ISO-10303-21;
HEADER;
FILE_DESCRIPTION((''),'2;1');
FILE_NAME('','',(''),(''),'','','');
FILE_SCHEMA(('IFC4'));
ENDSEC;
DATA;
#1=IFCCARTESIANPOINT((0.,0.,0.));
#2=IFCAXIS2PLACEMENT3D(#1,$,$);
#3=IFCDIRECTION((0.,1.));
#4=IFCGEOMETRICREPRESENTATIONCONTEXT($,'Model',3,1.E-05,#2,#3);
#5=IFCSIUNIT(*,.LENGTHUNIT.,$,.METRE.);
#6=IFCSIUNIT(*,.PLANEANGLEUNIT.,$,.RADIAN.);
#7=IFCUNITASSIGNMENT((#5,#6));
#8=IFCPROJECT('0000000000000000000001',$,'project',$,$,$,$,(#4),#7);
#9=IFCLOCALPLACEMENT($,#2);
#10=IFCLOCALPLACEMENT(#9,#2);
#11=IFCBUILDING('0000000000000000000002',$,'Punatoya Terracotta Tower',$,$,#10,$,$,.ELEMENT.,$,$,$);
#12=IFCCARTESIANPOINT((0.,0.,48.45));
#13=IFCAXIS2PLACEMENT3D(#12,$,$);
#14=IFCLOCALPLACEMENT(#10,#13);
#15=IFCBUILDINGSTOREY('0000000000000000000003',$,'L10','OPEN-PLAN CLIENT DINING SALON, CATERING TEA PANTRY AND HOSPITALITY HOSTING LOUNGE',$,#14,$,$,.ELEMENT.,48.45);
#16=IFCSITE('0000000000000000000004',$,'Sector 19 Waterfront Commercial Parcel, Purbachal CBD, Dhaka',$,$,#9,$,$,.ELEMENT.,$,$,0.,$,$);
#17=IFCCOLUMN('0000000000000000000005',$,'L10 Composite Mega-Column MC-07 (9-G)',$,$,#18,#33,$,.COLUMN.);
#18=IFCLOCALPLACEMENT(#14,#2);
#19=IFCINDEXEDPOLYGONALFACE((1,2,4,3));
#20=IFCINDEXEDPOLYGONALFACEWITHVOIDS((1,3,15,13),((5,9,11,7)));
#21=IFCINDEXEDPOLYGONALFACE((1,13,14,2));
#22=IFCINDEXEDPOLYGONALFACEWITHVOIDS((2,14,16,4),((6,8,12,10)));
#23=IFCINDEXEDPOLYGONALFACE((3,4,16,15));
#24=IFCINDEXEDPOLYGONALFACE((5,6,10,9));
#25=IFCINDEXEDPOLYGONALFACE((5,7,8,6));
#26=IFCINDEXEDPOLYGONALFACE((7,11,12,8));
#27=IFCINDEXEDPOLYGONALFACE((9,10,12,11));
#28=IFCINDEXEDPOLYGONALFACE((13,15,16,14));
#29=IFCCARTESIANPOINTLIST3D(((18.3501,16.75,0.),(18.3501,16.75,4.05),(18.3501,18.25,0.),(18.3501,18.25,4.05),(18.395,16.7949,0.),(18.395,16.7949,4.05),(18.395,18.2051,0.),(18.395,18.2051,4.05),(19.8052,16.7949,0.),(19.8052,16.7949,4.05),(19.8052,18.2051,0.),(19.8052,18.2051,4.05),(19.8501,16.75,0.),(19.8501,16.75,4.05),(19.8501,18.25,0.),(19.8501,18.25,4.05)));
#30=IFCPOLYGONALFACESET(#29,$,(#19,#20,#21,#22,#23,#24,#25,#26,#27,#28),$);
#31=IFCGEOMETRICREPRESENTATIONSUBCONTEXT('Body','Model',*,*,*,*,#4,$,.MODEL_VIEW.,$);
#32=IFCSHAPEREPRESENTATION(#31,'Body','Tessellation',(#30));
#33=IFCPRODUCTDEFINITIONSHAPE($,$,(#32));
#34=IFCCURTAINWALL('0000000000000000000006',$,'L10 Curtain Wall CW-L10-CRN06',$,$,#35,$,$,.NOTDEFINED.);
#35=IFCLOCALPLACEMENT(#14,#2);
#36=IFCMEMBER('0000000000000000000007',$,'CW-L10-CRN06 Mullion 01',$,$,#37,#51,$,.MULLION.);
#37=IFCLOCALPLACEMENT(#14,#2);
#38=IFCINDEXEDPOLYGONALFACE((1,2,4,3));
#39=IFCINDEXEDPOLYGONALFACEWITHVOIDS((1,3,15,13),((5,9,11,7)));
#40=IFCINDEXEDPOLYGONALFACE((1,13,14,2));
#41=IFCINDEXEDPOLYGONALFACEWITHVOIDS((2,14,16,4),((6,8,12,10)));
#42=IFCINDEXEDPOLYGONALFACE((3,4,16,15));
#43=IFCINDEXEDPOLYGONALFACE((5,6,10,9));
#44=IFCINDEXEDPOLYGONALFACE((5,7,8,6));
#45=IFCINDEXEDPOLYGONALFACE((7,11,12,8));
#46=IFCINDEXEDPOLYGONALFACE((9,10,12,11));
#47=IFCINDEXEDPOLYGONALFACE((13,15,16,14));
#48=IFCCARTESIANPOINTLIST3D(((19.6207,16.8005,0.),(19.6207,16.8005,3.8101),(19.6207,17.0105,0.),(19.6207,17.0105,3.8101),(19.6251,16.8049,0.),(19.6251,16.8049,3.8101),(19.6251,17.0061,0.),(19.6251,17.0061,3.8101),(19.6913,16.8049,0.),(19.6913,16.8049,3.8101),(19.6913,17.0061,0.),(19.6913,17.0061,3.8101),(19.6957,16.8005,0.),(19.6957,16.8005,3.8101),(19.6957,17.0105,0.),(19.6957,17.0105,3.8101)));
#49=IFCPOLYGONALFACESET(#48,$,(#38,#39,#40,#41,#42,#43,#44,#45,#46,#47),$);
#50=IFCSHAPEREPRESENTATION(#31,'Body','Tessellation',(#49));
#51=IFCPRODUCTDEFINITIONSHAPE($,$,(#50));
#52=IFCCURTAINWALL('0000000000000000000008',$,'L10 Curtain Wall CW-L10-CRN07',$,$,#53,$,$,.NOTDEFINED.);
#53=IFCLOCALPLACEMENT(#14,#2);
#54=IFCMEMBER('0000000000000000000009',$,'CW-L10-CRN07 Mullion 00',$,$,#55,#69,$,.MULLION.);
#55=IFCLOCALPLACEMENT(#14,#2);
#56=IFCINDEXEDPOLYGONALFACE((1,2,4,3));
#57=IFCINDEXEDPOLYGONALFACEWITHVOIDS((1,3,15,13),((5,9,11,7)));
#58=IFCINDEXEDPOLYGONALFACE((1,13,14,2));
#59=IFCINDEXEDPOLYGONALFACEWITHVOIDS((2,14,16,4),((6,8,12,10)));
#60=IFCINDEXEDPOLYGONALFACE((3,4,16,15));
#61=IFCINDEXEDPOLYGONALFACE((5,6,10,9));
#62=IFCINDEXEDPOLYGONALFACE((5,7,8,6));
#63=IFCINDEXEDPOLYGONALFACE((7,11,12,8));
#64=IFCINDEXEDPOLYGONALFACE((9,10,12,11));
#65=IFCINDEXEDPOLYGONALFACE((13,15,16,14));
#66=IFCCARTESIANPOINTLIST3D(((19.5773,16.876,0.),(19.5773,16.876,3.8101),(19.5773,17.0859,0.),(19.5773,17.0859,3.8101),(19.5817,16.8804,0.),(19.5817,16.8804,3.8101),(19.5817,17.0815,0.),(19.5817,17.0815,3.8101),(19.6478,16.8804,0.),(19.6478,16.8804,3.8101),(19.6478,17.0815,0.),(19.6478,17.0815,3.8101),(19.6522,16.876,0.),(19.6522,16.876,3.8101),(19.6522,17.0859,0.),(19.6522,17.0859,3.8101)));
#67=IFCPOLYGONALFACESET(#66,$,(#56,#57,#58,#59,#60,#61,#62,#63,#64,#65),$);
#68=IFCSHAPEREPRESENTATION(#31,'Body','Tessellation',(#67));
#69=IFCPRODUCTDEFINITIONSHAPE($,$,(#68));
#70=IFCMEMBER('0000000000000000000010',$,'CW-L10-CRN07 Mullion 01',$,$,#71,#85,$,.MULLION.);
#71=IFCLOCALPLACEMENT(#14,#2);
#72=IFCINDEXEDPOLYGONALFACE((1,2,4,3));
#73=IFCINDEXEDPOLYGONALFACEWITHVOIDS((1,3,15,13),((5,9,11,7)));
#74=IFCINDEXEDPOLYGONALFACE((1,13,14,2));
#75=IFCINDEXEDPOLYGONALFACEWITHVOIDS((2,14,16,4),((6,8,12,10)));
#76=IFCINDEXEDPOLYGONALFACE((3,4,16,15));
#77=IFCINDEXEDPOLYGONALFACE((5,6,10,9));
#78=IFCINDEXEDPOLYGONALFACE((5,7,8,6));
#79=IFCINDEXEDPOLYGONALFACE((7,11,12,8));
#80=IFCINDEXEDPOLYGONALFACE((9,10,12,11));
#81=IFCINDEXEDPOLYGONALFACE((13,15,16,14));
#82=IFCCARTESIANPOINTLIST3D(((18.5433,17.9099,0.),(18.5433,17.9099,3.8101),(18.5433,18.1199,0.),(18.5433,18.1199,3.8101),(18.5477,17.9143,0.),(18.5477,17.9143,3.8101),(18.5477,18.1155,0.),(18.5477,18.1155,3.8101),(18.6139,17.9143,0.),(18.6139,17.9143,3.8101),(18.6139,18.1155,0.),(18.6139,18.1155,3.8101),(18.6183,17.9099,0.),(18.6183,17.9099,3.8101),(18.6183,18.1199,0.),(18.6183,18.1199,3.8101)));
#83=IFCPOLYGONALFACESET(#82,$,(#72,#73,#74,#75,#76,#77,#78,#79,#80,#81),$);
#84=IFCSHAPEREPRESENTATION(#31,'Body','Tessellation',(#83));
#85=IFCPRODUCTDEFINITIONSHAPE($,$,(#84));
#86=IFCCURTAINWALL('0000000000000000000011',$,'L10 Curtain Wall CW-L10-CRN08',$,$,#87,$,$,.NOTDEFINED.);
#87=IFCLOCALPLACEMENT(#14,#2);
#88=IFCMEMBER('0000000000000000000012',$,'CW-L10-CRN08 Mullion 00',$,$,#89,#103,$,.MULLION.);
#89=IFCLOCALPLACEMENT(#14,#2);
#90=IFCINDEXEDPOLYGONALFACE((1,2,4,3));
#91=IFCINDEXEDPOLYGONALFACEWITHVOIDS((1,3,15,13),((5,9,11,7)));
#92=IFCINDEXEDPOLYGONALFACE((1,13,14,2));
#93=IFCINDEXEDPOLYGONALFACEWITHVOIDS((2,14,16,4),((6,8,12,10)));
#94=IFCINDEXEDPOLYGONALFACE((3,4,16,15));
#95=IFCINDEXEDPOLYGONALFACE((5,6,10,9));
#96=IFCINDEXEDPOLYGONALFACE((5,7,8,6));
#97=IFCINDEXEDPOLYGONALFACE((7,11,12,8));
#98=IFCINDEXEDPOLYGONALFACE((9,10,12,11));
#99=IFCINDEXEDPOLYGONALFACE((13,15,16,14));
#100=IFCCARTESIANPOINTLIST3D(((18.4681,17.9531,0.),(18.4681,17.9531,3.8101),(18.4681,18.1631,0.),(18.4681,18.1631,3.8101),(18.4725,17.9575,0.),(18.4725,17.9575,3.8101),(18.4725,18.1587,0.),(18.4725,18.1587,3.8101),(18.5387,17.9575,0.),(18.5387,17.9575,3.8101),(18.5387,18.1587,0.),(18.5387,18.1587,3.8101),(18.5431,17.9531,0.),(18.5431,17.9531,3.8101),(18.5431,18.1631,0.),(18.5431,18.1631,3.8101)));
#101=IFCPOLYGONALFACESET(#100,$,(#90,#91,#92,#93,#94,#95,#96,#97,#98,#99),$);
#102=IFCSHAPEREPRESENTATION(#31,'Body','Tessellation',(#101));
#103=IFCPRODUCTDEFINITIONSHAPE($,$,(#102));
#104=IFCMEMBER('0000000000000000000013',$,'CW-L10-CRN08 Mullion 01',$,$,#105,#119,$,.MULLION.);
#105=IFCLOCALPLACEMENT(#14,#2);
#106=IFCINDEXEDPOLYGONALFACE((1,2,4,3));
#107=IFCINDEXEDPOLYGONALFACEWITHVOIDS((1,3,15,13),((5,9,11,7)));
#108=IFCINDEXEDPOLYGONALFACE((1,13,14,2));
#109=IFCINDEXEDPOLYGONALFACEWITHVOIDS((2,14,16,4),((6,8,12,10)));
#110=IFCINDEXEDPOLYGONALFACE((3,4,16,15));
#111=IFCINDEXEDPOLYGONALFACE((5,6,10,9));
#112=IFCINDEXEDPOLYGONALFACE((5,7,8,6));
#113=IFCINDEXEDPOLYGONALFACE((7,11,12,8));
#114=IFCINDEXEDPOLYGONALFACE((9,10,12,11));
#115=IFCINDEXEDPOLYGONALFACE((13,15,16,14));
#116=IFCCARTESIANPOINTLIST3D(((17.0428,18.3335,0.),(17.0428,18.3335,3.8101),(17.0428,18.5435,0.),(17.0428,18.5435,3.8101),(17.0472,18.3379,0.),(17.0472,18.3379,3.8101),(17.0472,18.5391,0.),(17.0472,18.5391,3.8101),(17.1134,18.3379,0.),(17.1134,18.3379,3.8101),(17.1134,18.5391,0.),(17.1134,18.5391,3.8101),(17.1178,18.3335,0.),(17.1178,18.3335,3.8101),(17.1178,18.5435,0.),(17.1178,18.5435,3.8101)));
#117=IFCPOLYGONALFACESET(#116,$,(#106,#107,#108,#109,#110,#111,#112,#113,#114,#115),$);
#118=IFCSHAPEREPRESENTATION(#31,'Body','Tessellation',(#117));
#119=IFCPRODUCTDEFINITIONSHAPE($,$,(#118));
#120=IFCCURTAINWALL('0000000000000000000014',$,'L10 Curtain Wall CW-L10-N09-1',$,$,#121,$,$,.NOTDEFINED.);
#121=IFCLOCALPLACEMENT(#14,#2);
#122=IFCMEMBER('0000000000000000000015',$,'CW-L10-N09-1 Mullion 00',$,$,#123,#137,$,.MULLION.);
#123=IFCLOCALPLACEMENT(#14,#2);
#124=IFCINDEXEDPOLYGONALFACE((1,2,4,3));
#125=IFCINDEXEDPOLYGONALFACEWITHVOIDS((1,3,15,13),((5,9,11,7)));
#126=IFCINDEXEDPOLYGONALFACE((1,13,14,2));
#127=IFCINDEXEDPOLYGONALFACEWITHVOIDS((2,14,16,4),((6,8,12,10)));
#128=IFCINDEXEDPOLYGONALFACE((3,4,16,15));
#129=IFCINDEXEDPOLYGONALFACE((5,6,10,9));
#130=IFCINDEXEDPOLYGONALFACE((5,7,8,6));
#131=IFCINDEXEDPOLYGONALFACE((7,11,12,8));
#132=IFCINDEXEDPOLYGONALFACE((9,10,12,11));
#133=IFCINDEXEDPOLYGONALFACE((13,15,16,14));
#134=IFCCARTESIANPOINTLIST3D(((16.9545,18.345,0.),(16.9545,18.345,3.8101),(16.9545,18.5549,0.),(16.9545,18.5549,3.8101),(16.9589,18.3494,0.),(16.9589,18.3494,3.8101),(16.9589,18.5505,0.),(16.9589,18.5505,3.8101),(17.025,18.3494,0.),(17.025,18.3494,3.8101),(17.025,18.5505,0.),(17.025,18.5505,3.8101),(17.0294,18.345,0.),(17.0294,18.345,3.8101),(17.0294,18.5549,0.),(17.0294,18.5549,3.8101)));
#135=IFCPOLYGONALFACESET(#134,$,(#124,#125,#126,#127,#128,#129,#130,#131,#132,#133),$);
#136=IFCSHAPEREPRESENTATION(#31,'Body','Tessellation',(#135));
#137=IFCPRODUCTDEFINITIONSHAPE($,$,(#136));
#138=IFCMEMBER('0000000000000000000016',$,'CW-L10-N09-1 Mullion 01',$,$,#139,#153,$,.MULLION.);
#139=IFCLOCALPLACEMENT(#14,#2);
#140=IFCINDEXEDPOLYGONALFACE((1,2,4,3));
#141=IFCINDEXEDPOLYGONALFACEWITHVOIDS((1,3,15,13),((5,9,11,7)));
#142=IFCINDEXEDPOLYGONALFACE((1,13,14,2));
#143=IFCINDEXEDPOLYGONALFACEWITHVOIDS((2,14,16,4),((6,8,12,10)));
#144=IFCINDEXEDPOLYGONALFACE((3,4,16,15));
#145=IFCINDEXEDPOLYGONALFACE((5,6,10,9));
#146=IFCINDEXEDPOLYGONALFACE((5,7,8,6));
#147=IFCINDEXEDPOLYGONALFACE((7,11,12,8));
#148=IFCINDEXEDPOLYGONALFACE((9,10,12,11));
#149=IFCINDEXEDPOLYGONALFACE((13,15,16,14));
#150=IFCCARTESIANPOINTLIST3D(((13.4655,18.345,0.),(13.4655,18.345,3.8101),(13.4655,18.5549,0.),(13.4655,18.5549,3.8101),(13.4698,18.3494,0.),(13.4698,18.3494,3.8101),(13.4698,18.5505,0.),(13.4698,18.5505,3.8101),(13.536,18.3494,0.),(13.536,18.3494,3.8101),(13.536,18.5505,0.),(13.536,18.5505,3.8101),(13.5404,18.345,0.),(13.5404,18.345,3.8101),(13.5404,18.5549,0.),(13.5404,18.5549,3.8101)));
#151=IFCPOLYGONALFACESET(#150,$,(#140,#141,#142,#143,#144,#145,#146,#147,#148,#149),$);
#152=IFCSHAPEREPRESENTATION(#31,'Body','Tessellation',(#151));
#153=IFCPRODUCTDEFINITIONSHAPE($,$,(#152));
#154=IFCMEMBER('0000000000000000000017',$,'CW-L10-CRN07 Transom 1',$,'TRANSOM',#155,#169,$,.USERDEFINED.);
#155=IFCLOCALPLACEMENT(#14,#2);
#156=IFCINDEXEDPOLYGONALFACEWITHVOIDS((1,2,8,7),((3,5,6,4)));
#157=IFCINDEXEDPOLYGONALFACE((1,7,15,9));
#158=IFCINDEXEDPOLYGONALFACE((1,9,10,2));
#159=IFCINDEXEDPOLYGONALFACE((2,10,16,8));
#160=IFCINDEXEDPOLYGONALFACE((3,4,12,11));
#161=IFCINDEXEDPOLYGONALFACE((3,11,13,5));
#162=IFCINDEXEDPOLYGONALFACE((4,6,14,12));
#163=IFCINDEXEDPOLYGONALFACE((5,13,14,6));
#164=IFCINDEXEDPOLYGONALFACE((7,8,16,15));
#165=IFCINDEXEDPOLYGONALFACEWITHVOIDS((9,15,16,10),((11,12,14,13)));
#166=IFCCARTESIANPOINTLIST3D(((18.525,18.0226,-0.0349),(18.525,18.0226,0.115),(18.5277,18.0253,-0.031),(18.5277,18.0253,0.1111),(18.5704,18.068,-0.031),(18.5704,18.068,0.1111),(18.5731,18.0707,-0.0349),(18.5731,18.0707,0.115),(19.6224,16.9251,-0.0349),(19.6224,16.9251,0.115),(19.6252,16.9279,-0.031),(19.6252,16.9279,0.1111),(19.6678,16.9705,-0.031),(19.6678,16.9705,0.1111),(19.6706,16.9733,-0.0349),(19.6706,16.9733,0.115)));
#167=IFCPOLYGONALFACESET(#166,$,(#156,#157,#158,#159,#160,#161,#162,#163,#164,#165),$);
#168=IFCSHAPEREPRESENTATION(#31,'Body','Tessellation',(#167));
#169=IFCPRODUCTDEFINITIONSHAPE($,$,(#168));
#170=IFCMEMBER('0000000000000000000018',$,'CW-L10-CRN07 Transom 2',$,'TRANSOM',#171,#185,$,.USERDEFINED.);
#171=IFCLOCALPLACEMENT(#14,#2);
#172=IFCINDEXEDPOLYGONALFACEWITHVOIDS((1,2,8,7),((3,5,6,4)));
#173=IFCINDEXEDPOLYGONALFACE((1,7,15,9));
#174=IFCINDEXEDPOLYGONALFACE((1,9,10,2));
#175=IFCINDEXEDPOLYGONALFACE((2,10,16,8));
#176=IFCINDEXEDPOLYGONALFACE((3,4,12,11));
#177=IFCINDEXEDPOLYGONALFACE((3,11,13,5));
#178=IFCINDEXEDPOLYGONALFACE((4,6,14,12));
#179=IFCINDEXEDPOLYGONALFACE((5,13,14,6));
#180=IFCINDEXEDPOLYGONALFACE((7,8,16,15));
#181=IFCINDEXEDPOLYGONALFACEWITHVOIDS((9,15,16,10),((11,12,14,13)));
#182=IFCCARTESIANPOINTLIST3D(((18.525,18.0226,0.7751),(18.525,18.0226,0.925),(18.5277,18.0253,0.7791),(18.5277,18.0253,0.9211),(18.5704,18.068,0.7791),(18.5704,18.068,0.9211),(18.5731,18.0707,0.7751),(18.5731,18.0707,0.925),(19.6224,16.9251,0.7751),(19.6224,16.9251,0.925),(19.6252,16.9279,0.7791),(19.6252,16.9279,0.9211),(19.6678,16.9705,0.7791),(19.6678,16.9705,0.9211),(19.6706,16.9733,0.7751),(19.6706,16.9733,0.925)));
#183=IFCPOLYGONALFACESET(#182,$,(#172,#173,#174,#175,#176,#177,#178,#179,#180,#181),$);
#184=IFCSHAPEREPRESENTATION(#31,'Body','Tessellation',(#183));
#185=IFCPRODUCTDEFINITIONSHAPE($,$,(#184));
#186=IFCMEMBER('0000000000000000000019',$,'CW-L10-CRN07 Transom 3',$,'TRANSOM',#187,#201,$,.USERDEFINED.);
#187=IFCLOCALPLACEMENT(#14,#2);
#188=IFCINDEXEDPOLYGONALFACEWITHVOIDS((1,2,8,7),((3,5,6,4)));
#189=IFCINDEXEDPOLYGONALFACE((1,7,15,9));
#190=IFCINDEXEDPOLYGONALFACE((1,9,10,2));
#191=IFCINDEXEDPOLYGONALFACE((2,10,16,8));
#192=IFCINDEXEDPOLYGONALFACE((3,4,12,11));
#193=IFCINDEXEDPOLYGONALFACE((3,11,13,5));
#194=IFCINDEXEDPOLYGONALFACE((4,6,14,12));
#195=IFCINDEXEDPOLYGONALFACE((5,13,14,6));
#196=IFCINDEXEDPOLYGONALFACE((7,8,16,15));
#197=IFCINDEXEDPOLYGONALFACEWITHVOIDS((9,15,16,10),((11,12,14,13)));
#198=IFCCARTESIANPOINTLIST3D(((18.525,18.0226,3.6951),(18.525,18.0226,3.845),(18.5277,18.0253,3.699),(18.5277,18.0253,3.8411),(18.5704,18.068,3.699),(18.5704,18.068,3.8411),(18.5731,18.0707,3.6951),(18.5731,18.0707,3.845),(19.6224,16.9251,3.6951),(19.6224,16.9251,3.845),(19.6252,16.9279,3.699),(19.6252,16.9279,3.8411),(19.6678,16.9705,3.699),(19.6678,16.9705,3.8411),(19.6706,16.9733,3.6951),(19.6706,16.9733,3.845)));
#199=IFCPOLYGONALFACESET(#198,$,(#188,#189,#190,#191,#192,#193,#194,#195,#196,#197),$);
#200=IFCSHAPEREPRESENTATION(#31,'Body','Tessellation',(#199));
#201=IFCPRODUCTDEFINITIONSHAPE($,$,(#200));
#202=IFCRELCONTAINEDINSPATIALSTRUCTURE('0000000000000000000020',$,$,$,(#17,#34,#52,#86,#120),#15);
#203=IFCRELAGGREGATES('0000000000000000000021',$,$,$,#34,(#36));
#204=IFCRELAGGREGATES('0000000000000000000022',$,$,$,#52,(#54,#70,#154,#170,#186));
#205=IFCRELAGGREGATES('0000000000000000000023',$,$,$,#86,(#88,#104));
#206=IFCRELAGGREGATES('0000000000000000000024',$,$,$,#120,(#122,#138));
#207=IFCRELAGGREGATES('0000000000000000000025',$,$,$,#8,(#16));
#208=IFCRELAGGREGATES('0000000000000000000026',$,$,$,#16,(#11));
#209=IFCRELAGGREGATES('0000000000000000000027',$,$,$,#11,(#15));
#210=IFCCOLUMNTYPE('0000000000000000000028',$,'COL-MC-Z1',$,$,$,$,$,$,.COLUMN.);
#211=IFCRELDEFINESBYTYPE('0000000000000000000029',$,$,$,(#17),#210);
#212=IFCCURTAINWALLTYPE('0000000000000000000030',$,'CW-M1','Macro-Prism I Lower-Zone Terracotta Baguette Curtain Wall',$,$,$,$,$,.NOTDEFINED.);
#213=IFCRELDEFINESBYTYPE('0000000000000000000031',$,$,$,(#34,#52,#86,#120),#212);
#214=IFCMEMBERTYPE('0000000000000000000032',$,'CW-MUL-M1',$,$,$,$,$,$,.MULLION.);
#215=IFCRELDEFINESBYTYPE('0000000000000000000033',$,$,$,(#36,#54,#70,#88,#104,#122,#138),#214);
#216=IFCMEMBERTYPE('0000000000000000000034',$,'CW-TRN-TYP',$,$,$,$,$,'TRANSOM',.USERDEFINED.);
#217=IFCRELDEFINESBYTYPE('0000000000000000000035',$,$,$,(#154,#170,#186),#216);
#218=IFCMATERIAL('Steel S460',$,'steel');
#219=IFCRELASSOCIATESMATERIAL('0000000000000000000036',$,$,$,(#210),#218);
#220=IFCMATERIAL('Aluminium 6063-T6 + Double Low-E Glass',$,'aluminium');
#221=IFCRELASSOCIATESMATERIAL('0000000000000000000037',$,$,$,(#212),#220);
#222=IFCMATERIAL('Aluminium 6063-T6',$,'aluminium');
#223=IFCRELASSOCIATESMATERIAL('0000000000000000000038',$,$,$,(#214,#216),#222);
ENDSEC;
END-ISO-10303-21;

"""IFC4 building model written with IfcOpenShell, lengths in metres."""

from ifc_helpers import new_model, si_unit, direction, frame, origin, origin_2d, place, context, subcontext, project, spatial, hollow_rectangle, extrude, material, material_profile, profile_set, type_object, element, aggregate, save


model = new_model("IFC4")

# Units and contexts
model_context = context("Model", 3, precision=1e-05, world=origin(), true_north=direction((0.0, 1.0)))
body_context = subcontext(model_context, "Body", "Model", "MODEL_VIEW")
ifc_project = project(units=[si_unit("LENGTHUNIT", "METRE"), si_unit("PLANEANGLEUNIT", "RADIAN")], contexts=[model_context])

# Site, building, storey
site_placement = place(None, origin())
site = spatial("IfcSite", under=ifc_project, at=site_placement, Name="Sector 19 Waterfront Commercial Parcel, Purbachal CBD, Dhaka", CompositionType="ELEMENT", RefElevation=0.0)
building_placement = place(site_placement, origin())
building = spatial("IfcBuilding", under=site, at=building_placement, Name="Punatoya Terracotta Tower", CompositionType="ELEMENT")
storey_placement = place(building_placement, frame((0.0, 0.0, 48.45)))
storey = spatial("IfcBuildingStorey", under=building, at=storey_placement, Name="L10", Description="OPEN-PLAN CLIENT DINING SALON, CATERING TEA PANTRY AND HOSPITALITY HOSTING LOUNGE", CompositionType="ELEMENT", Elevation=48.45)

# Column
ifc_material_1 = material(Name="Steel S460", Category="steel")
ifc_material_profile_1 = material_profile(ifc_material_1, hollow_rectangle(XDim=1.5, YDim=1.5, WallThickness=0.0449, at=origin_2d()))
ifc_profile_set_1 = profile_set([ifc_material_profile_1], Name="Steel S460")
column_type = type_object("IfcColumnType", Name="COL-MC-Z1", PredefinedType="COLUMN", material=ifc_profile_set_1)
column_placement = place(storey_placement, frame((19.1001, 17.5, 0.0), z_axis=(0.0, 0.0, 1.0), x_axis=(1.0, 0.0, 0.0)))
element("IfcColumn", 1, at=column_placement, inside=storey, type_object=column_type, Name="L10 Composite Mega-Column MC-07 (9-G)", PredefinedType="COLUMN", context=body_context, shape_type="SweptSolid", body=[
    extrude(hollow_rectangle(XDim=1.5, YDim=1.5, WallThickness=0.0449, at=origin_2d()), origin(), (0.0, 0.0, 1.0), 4.05),
])

# Curtain wall, member
ifc_material_2 = material(Name="Aluminium 6063-T6 + Double Low-E Glass", Category="aluminium")
curtain_wall_type = type_object("IfcCurtainWallType", Name="CW-M1", Description="Macro-Prism I Lower-Zone Terracotta Baguette Curtain Wall", PredefinedType="NOTDEFINED", material=ifc_material_2)
curtain_wall_1_placement = place(storey_placement, origin())
curtain_wall_1 = element("IfcCurtainWall", 2, at=curtain_wall_1_placement, inside=storey, type_object=curtain_wall_type, Name="L10 Curtain Wall CW-L10-CRN06", PredefinedType="NOTDEFINED")
ifc_material_3 = material(Name="Aluminium 6063-T6", Category="aluminium")
ifc_material_profile_2 = material_profile(ifc_material_3, hollow_rectangle(XDim=0.075, YDim=0.21, WallThickness=0.0044, at=origin_2d()))
ifc_profile_set_2 = profile_set([ifc_material_profile_2], Name="Aluminium 6063-T6")
member_type_1 = type_object("IfcMemberType", Name="CW-MUL-M1", PredefinedType="MULLION", material=ifc_profile_set_2)
member_1_placement = place(storey_placement, frame((19.6582, 16.9055, 0.0), z_axis=(0.0, 0.0, 1.0), x_axis=(1.0, 0.0, 0.0)))
member_1 = element("IfcMember", 3, at=member_1_placement, type_object=member_type_1, Name="CW-L10-CRN06 Mullion 01", PredefinedType="MULLION", context=body_context, shape_type="SweptSolid", body=[
    extrude(hollow_rectangle(XDim=0.075, YDim=0.21, WallThickness=0.0044, at=origin_2d()), origin(), (0.0, 0.0, 1.0), 3.8101),
])

# Curtain walls, members
curtain_wall_2_placement = place(storey_placement, origin())
curtain_wall_2 = element("IfcCurtainWall", 4, at=curtain_wall_2_placement, inside=storey, type_object=curtain_wall_type, Name="L10 Curtain Wall CW-L10-CRN07", PredefinedType="NOTDEFINED")
member_2_placement = place(storey_placement, frame((19.6147, 16.981, 0.0), z_axis=(0.0, 0.0, 1.0), x_axis=(1.0, 0.0, 0.0)))
member_2 = element("IfcMember", 5, at=member_2_placement, type_object=member_type_1, Name="CW-L10-CRN07 Mullion 00", PredefinedType="MULLION", context=body_context, shape_type="SweptSolid", body=[
    extrude(hollow_rectangle(XDim=0.075, YDim=0.21, WallThickness=0.0044, at=origin_2d()), origin(), (0.0, 0.0, 1.0), 3.8101),
])
member_3_placement = place(storey_placement, frame((18.5808, 18.0149, 0.0), z_axis=(0.0, 0.0, 1.0), x_axis=(1.0, 0.0, 0.0)))
member_3 = element("IfcMember", 6, at=member_3_placement, type_object=member_type_1, Name="CW-L10-CRN07 Mullion 01", PredefinedType="MULLION", context=body_context, shape_type="SweptSolid", body=[
    extrude(hollow_rectangle(XDim=0.075, YDim=0.21, WallThickness=0.0044, at=origin_2d()), origin(), (0.0, 0.0, 1.0), 3.8101),
])
curtain_wall_3_placement = place(storey_placement, origin())
curtain_wall_3 = element("IfcCurtainWall", 7, at=curtain_wall_3_placement, inside=storey, type_object=curtain_wall_type, Name="L10 Curtain Wall CW-L10-CRN08", PredefinedType="NOTDEFINED")
member_4_placement = place(storey_placement, frame((18.5056, 18.0581, 0.0), z_axis=(0.0, 0.0, 1.0), x_axis=(1.0, 0.0, 0.0)))
member_4 = element("IfcMember", 8, at=member_4_placement, type_object=member_type_1, Name="CW-L10-CRN08 Mullion 00", PredefinedType="MULLION", context=body_context, shape_type="SweptSolid", body=[
    extrude(hollow_rectangle(XDim=0.075, YDim=0.21, WallThickness=0.0044, at=origin_2d()), origin(), (0.0, 0.0, 1.0), 3.8101),
])
member_5_placement = place(storey_placement, frame((17.0803, 18.4385, 0.0), z_axis=(0.0, 0.0, 1.0), x_axis=(1.0, 0.0, 0.0)))
member_5 = element("IfcMember", 9, at=member_5_placement, type_object=member_type_1, Name="CW-L10-CRN08 Mullion 01", PredefinedType="MULLION", context=body_context, shape_type="SweptSolid", body=[
    extrude(hollow_rectangle(XDim=0.075, YDim=0.21, WallThickness=0.0044, at=origin_2d()), origin(), (0.0, 0.0, 1.0), 3.8101),
])
curtain_wall_4_placement = place(storey_placement, origin())
curtain_wall_4 = element("IfcCurtainWall", 10, at=curtain_wall_4_placement, inside=storey, type_object=curtain_wall_type, Name="L10 Curtain Wall CW-L10-N09-1", PredefinedType="NOTDEFINED")
member_6_placement = place(storey_placement, frame((16.9919, 18.45, 0.0), z_axis=(0.0, 0.0, 1.0), x_axis=(1.0, 0.0, 0.0)))
member_6 = element("IfcMember", 11, at=member_6_placement, type_object=member_type_1, Name="CW-L10-N09-1 Mullion 00", PredefinedType="MULLION", context=body_context, shape_type="SweptSolid", body=[
    extrude(hollow_rectangle(XDim=0.075, YDim=0.21, WallThickness=0.0044, at=origin_2d()), origin(), (0.0, 0.0, 1.0), 3.8101),
])
member_7_placement = place(storey_placement, frame((13.5029, 18.45, 0.0), z_axis=(0.0, 0.0, 1.0), x_axis=(1.0, 0.0, 0.0)))
member_7 = element("IfcMember", 12, at=member_7_placement, type_object=member_type_1, Name="CW-L10-N09-1 Mullion 01", PredefinedType="MULLION", context=body_context, shape_type="SweptSolid", body=[
    extrude(hollow_rectangle(XDim=0.075, YDim=0.21, WallThickness=0.0044, at=origin_2d()), origin(), (0.0, 0.0, 1.0), 3.8101),
])

# Members
ifc_material_profile_3 = material_profile(ifc_material_3, hollow_rectangle(XDim=0.0681, YDim=0.1499, WallThickness=0.0039, at=origin_2d()))
ifc_profile_set_3 = profile_set([ifc_material_profile_3], Name="Aluminium 6063-T6")
member_type_2 = type_object("IfcMemberType", Name="CW-TRN-TYP", ElementType="TRANSOM", PredefinedType="USERDEFINED", material=ifc_profile_set_3)
member_8_placement = place(storey_placement, frame((19.6465, 16.9492, 0.04), z_axis=(-0.707107, 0.707107, 0.0), x_axis=(-0.707107, -0.707107, 0.0)))
member_8 = element("IfcMember", 13, at=member_8_placement, type_object=member_type_2, Name="CW-L10-CRN07 Transom 1", ObjectType="TRANSOM", PredefinedType="USERDEFINED", context=body_context, shape_type="SweptSolid", body=[
    extrude(hollow_rectangle(XDim=0.0681, YDim=0.1499, WallThickness=0.0039, at=origin_2d()), origin(), (0.0, 0.0, 1.0), 1.552),
])
member_9_placement = place(storey_placement, frame((19.6465, 16.9492, 0.8501), z_axis=(-0.707107, 0.707107, 0.0), x_axis=(-0.707107, -0.707107, 0.0)))
member_9 = element("IfcMember", 14, at=member_9_placement, type_object=member_type_2, Name="CW-L10-CRN07 Transom 2", ObjectType="TRANSOM", PredefinedType="USERDEFINED", context=body_context, shape_type="SweptSolid", body=[
    extrude(hollow_rectangle(XDim=0.0681, YDim=0.1499, WallThickness=0.0039, at=origin_2d()), origin(), (0.0, 0.0, 1.0), 1.552),
])
member_10_placement = place(storey_placement, frame((19.6465, 16.9492, 3.77), z_axis=(-0.707107, 0.707107, 0.0), x_axis=(-0.707107, -0.707107, 0.0)))
member_10 = element("IfcMember", 15, at=member_10_placement, type_object=member_type_2, Name="CW-L10-CRN07 Transom 3", ObjectType="TRANSOM", PredefinedType="USERDEFINED", context=body_context, shape_type="SweptSolid", body=[
    extrude(hollow_rectangle(XDim=0.0681, YDim=0.1499, WallThickness=0.0039, at=origin_2d()), origin(), (0.0, 0.0, 1.0), 1.552),
])

aggregate(curtain_wall_1, [member_1])
aggregate(curtain_wall_2, [member_2, member_3, member_8, member_9, member_10])
aggregate(curtain_wall_3, [member_4, member_5])
aggregate(curtain_wall_4, [member_6, member_7])

save(model, "model.ifc")
